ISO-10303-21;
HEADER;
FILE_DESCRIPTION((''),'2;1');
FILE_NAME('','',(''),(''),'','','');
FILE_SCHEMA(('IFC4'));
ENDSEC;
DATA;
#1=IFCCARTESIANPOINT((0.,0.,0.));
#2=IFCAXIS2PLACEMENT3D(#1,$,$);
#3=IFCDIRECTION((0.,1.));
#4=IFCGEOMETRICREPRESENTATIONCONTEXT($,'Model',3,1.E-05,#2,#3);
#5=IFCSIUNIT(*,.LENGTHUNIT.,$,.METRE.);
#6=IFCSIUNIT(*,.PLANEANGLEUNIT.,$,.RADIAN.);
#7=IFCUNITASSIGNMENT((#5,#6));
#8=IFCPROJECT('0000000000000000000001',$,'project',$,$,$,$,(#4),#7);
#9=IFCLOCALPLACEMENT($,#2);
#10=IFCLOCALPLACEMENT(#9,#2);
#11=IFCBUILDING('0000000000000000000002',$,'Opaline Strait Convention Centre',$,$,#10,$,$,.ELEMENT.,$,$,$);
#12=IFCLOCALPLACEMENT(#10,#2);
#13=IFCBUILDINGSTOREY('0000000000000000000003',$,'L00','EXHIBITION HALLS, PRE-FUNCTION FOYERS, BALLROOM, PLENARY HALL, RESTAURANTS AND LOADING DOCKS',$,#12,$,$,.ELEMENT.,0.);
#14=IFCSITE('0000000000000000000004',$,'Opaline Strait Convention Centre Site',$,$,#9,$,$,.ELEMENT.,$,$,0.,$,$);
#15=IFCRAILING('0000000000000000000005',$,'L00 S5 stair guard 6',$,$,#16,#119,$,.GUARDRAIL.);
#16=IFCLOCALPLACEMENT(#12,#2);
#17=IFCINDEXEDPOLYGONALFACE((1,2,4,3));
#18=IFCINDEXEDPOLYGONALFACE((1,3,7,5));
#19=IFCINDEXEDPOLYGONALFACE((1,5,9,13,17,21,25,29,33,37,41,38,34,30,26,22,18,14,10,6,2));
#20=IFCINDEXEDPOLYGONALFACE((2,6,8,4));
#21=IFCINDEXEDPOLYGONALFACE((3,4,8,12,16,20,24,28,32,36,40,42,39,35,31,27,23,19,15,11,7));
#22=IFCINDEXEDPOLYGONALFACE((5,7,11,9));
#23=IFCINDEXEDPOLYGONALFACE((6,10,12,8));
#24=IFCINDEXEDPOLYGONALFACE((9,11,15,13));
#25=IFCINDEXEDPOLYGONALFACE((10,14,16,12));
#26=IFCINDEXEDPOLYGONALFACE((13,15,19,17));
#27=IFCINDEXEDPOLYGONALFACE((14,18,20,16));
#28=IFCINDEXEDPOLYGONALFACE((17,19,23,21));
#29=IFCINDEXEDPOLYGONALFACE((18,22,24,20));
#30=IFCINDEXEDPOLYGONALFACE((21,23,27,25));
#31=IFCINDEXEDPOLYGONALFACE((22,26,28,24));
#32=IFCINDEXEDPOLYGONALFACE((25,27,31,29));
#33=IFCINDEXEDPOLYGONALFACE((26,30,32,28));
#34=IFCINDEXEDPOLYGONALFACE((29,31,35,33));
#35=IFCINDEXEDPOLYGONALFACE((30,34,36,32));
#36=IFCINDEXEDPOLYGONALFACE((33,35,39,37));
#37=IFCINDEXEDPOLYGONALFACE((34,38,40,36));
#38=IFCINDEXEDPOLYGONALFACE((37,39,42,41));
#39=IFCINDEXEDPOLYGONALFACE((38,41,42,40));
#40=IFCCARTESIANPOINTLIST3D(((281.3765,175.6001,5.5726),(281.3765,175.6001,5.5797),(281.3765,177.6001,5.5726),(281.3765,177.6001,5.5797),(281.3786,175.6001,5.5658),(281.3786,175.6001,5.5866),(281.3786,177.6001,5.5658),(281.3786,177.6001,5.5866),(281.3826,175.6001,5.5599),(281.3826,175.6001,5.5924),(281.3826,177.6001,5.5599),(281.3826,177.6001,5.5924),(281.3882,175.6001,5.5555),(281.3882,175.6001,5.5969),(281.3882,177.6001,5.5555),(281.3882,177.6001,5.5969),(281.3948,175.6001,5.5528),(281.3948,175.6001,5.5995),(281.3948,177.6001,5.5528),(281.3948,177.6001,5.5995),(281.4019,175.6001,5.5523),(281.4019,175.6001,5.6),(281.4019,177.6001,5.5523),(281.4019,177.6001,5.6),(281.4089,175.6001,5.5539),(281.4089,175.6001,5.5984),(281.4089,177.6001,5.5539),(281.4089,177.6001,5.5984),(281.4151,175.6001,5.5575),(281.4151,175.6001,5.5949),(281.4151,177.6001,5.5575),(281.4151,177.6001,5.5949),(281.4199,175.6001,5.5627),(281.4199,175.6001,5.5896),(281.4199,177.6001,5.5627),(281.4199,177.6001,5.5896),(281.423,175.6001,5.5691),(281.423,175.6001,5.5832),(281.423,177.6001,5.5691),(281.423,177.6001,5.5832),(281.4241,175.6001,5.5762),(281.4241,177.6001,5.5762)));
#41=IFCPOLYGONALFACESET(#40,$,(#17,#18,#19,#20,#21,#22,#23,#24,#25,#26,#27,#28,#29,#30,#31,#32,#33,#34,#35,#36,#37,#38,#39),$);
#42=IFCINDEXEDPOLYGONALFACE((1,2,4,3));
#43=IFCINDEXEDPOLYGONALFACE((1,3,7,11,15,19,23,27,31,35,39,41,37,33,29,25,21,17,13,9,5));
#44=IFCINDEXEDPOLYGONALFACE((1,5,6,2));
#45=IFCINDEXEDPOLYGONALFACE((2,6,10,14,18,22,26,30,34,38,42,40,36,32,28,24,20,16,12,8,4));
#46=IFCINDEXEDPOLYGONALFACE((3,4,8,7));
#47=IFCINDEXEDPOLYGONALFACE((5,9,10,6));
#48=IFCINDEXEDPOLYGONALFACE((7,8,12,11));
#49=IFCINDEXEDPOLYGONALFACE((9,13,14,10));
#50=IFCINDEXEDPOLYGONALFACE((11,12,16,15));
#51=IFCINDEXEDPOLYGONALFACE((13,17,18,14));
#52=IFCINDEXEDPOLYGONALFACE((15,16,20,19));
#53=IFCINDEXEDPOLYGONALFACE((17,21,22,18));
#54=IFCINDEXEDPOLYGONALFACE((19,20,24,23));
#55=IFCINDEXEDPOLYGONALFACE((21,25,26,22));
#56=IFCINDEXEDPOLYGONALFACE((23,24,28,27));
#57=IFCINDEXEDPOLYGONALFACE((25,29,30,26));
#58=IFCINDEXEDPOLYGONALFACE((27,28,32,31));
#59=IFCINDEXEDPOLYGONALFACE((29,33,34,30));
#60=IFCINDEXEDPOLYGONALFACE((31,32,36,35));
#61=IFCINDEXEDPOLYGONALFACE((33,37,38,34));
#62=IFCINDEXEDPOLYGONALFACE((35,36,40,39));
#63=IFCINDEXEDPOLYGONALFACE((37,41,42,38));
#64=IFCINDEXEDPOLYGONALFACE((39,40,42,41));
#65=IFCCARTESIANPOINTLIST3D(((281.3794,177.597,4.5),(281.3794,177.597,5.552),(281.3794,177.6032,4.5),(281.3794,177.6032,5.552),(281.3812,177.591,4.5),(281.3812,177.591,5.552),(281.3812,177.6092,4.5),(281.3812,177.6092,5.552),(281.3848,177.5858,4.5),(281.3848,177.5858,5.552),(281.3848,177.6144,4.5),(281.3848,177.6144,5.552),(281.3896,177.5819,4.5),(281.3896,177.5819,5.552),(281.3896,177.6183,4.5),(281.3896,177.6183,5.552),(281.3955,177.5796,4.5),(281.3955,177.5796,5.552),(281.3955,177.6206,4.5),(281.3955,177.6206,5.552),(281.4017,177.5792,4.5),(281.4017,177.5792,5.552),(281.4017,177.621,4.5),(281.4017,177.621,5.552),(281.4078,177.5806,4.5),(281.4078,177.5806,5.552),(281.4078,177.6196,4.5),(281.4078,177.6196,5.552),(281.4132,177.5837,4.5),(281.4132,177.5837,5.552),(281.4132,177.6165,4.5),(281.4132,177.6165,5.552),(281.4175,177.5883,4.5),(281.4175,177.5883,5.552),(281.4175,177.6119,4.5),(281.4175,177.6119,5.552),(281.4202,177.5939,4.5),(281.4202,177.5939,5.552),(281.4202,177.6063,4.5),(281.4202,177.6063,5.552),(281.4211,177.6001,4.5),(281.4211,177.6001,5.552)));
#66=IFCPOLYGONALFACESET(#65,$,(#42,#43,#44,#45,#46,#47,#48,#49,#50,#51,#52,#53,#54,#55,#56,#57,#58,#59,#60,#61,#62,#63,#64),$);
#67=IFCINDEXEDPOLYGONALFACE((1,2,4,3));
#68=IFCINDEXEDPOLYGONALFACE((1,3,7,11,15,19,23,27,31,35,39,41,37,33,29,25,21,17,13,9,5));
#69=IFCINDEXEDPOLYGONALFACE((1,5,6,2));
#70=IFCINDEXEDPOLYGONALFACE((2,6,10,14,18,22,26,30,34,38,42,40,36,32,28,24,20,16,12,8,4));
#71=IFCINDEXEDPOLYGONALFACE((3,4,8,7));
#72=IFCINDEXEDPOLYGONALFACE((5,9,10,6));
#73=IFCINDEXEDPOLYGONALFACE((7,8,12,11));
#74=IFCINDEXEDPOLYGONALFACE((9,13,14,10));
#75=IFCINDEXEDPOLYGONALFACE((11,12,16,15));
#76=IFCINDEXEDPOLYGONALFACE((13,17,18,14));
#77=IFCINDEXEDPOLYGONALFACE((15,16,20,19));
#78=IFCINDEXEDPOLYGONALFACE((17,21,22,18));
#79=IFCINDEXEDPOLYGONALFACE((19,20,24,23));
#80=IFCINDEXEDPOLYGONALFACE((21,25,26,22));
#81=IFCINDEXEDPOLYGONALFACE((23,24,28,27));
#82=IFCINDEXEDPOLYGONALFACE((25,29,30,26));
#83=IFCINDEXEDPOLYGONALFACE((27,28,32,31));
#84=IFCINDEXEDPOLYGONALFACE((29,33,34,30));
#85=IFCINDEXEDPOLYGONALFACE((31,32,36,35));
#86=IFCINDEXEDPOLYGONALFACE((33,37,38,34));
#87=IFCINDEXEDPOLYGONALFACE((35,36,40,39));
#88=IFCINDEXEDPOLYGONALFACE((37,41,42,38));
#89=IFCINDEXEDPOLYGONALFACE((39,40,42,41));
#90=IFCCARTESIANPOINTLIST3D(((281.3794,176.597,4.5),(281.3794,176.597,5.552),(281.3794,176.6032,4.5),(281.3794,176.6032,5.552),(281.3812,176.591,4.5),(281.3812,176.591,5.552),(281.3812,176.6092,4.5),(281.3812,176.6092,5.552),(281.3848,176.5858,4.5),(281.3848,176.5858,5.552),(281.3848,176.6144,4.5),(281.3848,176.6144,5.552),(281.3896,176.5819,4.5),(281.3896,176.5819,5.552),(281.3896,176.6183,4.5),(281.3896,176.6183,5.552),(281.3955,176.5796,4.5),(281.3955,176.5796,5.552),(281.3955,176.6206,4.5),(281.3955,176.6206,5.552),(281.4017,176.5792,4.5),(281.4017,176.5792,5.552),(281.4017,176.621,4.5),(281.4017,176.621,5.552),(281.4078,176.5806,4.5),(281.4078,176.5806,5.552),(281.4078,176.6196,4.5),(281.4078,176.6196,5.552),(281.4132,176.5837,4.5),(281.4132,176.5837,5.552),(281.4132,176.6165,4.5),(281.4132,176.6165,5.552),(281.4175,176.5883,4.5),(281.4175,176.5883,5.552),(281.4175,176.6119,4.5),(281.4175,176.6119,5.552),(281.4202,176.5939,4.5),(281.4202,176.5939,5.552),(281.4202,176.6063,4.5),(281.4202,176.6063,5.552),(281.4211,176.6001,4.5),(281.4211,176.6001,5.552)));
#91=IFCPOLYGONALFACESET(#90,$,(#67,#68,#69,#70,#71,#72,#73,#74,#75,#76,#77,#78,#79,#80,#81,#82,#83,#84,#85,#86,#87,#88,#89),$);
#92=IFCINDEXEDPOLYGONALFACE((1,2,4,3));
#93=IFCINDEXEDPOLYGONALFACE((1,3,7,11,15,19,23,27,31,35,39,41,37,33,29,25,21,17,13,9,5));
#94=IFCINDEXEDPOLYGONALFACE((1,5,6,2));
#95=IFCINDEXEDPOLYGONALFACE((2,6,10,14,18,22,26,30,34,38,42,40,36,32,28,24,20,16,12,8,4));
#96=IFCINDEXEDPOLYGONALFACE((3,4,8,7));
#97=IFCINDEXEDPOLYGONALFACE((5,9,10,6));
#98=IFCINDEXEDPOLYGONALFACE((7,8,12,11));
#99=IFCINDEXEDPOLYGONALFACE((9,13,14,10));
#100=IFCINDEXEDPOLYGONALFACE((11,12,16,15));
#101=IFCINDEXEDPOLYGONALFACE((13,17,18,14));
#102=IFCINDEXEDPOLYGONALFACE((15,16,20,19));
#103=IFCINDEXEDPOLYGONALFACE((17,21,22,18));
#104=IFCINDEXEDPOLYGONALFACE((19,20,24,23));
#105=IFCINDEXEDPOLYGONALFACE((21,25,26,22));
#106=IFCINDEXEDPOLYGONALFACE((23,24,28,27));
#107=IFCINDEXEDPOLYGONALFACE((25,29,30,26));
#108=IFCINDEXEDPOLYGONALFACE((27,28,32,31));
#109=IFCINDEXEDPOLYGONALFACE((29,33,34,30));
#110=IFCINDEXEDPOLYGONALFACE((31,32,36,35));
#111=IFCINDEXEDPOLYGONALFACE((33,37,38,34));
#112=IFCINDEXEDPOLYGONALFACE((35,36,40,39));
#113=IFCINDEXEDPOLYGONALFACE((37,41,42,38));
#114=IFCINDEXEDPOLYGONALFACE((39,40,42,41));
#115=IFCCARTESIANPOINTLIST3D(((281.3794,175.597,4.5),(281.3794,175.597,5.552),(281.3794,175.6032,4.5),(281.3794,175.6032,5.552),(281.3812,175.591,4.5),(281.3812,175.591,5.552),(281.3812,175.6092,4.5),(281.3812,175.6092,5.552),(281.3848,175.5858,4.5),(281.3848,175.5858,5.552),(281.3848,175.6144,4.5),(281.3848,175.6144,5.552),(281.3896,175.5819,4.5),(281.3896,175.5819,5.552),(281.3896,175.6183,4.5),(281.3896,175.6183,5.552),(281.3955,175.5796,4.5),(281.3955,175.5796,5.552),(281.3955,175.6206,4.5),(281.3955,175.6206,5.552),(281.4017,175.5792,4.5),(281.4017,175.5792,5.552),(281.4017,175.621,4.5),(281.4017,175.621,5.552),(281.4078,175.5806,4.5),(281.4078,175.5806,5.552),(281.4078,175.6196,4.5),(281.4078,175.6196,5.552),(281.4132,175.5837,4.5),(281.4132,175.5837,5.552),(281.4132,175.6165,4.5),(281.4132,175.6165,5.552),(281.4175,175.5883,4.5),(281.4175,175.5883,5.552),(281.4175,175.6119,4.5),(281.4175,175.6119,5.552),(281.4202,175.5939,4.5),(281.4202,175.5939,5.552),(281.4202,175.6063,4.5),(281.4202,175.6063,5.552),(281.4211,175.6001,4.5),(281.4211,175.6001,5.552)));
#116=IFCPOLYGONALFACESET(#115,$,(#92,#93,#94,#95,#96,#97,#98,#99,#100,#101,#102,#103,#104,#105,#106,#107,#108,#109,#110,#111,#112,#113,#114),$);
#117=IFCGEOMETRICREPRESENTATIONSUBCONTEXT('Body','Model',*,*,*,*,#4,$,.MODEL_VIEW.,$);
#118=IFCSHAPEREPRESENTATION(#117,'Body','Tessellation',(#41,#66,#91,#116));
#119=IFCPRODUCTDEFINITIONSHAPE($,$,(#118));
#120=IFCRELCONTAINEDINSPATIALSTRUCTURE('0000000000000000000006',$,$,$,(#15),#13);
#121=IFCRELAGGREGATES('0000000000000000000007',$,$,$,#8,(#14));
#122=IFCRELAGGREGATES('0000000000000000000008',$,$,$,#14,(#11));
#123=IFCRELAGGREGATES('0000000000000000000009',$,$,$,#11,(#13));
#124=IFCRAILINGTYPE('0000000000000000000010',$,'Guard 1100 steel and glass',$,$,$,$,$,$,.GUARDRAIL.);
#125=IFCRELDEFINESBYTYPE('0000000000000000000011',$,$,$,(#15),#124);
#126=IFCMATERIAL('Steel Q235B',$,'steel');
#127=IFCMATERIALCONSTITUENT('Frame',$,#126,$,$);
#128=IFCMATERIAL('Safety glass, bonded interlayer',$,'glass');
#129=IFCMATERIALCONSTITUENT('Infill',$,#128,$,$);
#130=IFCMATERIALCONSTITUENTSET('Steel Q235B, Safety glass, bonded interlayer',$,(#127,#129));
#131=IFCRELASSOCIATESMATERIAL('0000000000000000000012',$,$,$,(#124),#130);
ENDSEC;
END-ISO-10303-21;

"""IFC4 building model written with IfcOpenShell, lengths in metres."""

from ifc_helpers import new_model, si_unit, direction, frame, origin, origin_2d, place, context, subcontext, project, spatial, circle, extrude, material, constituent, constituent_set, type_object, element, save


model = new_model("IFC4")

# Units and contexts
model_context = context("Model", 3, precision=1e-05, world=origin(), true_north=direction((0.0, 1.0)))
body_context = subcontext(model_context, "Body", "Model", "MODEL_VIEW")
ifc_project = project(units=[si_unit("LENGTHUNIT", "METRE"), si_unit("PLANEANGLEUNIT", "RADIAN")], contexts=[model_context])

# Site, building, storey
site_placement = place(None, origin())
site = spatial("IfcSite", under=ifc_project, at=site_placement, Name="Opaline Strait Convention Centre Site", CompositionType="ELEMENT", RefElevation=0.0)
building_placement = place(site_placement, origin())
building = spatial("IfcBuilding", under=site, at=building_placement, Name="Opaline Strait Convention Centre", CompositionType="ELEMENT")
storey_placement = place(building_placement, origin())
storey = spatial("IfcBuildingStorey", under=building, at=storey_placement, Name="L00", Description="EXHIBITION HALLS, PRE-FUNCTION FOYERS, BALLROOM, PLENARY HALL, RESTAURANTS AND LOADING DOCKS", CompositionType="ELEMENT", Elevation=0.0)

# Railing
ifc_material_1 = material(Name="Steel Q235B", Category="steel")
ifc_constituent_1 = constituent(ifc_material_1, Name="Frame")
ifc_material_2 = material(Name="Safety glass, bonded interlayer", Category="glass")
ifc_constituent_2 = constituent(ifc_material_2, Name="Infill")
ifc_constituent_set = constituent_set(constituents=[ifc_constituent_1, ifc_constituent_2], Name="Steel Q235B, Safety glass, bonded interlayer")
railing_type_1 = type_object("IfcRailingType", Name="Guard 1100 steel and glass", PredefinedType="GUARDRAIL", material=ifc_constituent_set)
railing_1_placement = place(storey_placement, frame((281.4001, 177.6001, 4.5)))
element("IfcRailing", 1, at=railing_1_placement, inside=storey, type_object=railing_type_1, Name="L00 S5 stair guard 6", PredefinedType="GUARDRAIL", context=body_context, shape_type="SweptSolid", body=[
    extrude(circle(Radius=0.0239, at=origin_2d()), frame((0.0, 0.0, 1.0762), z_axis=(0.0, -1.0, 0.0), x_axis=(1.0, 0.0, 0.0)), (0.0, 0.0, 1.0), 2.0),
    extrude(circle(Radius=0.021, at=origin_2d()), origin(), (0.0, 0.0, 1.0), 1.052),
    extrude(circle(Radius=0.021, at=origin_2d()), frame((0.0, -1.0, 0.0)), (0.0, 0.0, 1.0), 1.052),
    extrude(circle(Radius=0.021, at=origin_2d()), frame((0.0, -2.0, 0.0)), (0.0, 0.0, 1.0), 1.052),
])

save(model, "model.ifc")
